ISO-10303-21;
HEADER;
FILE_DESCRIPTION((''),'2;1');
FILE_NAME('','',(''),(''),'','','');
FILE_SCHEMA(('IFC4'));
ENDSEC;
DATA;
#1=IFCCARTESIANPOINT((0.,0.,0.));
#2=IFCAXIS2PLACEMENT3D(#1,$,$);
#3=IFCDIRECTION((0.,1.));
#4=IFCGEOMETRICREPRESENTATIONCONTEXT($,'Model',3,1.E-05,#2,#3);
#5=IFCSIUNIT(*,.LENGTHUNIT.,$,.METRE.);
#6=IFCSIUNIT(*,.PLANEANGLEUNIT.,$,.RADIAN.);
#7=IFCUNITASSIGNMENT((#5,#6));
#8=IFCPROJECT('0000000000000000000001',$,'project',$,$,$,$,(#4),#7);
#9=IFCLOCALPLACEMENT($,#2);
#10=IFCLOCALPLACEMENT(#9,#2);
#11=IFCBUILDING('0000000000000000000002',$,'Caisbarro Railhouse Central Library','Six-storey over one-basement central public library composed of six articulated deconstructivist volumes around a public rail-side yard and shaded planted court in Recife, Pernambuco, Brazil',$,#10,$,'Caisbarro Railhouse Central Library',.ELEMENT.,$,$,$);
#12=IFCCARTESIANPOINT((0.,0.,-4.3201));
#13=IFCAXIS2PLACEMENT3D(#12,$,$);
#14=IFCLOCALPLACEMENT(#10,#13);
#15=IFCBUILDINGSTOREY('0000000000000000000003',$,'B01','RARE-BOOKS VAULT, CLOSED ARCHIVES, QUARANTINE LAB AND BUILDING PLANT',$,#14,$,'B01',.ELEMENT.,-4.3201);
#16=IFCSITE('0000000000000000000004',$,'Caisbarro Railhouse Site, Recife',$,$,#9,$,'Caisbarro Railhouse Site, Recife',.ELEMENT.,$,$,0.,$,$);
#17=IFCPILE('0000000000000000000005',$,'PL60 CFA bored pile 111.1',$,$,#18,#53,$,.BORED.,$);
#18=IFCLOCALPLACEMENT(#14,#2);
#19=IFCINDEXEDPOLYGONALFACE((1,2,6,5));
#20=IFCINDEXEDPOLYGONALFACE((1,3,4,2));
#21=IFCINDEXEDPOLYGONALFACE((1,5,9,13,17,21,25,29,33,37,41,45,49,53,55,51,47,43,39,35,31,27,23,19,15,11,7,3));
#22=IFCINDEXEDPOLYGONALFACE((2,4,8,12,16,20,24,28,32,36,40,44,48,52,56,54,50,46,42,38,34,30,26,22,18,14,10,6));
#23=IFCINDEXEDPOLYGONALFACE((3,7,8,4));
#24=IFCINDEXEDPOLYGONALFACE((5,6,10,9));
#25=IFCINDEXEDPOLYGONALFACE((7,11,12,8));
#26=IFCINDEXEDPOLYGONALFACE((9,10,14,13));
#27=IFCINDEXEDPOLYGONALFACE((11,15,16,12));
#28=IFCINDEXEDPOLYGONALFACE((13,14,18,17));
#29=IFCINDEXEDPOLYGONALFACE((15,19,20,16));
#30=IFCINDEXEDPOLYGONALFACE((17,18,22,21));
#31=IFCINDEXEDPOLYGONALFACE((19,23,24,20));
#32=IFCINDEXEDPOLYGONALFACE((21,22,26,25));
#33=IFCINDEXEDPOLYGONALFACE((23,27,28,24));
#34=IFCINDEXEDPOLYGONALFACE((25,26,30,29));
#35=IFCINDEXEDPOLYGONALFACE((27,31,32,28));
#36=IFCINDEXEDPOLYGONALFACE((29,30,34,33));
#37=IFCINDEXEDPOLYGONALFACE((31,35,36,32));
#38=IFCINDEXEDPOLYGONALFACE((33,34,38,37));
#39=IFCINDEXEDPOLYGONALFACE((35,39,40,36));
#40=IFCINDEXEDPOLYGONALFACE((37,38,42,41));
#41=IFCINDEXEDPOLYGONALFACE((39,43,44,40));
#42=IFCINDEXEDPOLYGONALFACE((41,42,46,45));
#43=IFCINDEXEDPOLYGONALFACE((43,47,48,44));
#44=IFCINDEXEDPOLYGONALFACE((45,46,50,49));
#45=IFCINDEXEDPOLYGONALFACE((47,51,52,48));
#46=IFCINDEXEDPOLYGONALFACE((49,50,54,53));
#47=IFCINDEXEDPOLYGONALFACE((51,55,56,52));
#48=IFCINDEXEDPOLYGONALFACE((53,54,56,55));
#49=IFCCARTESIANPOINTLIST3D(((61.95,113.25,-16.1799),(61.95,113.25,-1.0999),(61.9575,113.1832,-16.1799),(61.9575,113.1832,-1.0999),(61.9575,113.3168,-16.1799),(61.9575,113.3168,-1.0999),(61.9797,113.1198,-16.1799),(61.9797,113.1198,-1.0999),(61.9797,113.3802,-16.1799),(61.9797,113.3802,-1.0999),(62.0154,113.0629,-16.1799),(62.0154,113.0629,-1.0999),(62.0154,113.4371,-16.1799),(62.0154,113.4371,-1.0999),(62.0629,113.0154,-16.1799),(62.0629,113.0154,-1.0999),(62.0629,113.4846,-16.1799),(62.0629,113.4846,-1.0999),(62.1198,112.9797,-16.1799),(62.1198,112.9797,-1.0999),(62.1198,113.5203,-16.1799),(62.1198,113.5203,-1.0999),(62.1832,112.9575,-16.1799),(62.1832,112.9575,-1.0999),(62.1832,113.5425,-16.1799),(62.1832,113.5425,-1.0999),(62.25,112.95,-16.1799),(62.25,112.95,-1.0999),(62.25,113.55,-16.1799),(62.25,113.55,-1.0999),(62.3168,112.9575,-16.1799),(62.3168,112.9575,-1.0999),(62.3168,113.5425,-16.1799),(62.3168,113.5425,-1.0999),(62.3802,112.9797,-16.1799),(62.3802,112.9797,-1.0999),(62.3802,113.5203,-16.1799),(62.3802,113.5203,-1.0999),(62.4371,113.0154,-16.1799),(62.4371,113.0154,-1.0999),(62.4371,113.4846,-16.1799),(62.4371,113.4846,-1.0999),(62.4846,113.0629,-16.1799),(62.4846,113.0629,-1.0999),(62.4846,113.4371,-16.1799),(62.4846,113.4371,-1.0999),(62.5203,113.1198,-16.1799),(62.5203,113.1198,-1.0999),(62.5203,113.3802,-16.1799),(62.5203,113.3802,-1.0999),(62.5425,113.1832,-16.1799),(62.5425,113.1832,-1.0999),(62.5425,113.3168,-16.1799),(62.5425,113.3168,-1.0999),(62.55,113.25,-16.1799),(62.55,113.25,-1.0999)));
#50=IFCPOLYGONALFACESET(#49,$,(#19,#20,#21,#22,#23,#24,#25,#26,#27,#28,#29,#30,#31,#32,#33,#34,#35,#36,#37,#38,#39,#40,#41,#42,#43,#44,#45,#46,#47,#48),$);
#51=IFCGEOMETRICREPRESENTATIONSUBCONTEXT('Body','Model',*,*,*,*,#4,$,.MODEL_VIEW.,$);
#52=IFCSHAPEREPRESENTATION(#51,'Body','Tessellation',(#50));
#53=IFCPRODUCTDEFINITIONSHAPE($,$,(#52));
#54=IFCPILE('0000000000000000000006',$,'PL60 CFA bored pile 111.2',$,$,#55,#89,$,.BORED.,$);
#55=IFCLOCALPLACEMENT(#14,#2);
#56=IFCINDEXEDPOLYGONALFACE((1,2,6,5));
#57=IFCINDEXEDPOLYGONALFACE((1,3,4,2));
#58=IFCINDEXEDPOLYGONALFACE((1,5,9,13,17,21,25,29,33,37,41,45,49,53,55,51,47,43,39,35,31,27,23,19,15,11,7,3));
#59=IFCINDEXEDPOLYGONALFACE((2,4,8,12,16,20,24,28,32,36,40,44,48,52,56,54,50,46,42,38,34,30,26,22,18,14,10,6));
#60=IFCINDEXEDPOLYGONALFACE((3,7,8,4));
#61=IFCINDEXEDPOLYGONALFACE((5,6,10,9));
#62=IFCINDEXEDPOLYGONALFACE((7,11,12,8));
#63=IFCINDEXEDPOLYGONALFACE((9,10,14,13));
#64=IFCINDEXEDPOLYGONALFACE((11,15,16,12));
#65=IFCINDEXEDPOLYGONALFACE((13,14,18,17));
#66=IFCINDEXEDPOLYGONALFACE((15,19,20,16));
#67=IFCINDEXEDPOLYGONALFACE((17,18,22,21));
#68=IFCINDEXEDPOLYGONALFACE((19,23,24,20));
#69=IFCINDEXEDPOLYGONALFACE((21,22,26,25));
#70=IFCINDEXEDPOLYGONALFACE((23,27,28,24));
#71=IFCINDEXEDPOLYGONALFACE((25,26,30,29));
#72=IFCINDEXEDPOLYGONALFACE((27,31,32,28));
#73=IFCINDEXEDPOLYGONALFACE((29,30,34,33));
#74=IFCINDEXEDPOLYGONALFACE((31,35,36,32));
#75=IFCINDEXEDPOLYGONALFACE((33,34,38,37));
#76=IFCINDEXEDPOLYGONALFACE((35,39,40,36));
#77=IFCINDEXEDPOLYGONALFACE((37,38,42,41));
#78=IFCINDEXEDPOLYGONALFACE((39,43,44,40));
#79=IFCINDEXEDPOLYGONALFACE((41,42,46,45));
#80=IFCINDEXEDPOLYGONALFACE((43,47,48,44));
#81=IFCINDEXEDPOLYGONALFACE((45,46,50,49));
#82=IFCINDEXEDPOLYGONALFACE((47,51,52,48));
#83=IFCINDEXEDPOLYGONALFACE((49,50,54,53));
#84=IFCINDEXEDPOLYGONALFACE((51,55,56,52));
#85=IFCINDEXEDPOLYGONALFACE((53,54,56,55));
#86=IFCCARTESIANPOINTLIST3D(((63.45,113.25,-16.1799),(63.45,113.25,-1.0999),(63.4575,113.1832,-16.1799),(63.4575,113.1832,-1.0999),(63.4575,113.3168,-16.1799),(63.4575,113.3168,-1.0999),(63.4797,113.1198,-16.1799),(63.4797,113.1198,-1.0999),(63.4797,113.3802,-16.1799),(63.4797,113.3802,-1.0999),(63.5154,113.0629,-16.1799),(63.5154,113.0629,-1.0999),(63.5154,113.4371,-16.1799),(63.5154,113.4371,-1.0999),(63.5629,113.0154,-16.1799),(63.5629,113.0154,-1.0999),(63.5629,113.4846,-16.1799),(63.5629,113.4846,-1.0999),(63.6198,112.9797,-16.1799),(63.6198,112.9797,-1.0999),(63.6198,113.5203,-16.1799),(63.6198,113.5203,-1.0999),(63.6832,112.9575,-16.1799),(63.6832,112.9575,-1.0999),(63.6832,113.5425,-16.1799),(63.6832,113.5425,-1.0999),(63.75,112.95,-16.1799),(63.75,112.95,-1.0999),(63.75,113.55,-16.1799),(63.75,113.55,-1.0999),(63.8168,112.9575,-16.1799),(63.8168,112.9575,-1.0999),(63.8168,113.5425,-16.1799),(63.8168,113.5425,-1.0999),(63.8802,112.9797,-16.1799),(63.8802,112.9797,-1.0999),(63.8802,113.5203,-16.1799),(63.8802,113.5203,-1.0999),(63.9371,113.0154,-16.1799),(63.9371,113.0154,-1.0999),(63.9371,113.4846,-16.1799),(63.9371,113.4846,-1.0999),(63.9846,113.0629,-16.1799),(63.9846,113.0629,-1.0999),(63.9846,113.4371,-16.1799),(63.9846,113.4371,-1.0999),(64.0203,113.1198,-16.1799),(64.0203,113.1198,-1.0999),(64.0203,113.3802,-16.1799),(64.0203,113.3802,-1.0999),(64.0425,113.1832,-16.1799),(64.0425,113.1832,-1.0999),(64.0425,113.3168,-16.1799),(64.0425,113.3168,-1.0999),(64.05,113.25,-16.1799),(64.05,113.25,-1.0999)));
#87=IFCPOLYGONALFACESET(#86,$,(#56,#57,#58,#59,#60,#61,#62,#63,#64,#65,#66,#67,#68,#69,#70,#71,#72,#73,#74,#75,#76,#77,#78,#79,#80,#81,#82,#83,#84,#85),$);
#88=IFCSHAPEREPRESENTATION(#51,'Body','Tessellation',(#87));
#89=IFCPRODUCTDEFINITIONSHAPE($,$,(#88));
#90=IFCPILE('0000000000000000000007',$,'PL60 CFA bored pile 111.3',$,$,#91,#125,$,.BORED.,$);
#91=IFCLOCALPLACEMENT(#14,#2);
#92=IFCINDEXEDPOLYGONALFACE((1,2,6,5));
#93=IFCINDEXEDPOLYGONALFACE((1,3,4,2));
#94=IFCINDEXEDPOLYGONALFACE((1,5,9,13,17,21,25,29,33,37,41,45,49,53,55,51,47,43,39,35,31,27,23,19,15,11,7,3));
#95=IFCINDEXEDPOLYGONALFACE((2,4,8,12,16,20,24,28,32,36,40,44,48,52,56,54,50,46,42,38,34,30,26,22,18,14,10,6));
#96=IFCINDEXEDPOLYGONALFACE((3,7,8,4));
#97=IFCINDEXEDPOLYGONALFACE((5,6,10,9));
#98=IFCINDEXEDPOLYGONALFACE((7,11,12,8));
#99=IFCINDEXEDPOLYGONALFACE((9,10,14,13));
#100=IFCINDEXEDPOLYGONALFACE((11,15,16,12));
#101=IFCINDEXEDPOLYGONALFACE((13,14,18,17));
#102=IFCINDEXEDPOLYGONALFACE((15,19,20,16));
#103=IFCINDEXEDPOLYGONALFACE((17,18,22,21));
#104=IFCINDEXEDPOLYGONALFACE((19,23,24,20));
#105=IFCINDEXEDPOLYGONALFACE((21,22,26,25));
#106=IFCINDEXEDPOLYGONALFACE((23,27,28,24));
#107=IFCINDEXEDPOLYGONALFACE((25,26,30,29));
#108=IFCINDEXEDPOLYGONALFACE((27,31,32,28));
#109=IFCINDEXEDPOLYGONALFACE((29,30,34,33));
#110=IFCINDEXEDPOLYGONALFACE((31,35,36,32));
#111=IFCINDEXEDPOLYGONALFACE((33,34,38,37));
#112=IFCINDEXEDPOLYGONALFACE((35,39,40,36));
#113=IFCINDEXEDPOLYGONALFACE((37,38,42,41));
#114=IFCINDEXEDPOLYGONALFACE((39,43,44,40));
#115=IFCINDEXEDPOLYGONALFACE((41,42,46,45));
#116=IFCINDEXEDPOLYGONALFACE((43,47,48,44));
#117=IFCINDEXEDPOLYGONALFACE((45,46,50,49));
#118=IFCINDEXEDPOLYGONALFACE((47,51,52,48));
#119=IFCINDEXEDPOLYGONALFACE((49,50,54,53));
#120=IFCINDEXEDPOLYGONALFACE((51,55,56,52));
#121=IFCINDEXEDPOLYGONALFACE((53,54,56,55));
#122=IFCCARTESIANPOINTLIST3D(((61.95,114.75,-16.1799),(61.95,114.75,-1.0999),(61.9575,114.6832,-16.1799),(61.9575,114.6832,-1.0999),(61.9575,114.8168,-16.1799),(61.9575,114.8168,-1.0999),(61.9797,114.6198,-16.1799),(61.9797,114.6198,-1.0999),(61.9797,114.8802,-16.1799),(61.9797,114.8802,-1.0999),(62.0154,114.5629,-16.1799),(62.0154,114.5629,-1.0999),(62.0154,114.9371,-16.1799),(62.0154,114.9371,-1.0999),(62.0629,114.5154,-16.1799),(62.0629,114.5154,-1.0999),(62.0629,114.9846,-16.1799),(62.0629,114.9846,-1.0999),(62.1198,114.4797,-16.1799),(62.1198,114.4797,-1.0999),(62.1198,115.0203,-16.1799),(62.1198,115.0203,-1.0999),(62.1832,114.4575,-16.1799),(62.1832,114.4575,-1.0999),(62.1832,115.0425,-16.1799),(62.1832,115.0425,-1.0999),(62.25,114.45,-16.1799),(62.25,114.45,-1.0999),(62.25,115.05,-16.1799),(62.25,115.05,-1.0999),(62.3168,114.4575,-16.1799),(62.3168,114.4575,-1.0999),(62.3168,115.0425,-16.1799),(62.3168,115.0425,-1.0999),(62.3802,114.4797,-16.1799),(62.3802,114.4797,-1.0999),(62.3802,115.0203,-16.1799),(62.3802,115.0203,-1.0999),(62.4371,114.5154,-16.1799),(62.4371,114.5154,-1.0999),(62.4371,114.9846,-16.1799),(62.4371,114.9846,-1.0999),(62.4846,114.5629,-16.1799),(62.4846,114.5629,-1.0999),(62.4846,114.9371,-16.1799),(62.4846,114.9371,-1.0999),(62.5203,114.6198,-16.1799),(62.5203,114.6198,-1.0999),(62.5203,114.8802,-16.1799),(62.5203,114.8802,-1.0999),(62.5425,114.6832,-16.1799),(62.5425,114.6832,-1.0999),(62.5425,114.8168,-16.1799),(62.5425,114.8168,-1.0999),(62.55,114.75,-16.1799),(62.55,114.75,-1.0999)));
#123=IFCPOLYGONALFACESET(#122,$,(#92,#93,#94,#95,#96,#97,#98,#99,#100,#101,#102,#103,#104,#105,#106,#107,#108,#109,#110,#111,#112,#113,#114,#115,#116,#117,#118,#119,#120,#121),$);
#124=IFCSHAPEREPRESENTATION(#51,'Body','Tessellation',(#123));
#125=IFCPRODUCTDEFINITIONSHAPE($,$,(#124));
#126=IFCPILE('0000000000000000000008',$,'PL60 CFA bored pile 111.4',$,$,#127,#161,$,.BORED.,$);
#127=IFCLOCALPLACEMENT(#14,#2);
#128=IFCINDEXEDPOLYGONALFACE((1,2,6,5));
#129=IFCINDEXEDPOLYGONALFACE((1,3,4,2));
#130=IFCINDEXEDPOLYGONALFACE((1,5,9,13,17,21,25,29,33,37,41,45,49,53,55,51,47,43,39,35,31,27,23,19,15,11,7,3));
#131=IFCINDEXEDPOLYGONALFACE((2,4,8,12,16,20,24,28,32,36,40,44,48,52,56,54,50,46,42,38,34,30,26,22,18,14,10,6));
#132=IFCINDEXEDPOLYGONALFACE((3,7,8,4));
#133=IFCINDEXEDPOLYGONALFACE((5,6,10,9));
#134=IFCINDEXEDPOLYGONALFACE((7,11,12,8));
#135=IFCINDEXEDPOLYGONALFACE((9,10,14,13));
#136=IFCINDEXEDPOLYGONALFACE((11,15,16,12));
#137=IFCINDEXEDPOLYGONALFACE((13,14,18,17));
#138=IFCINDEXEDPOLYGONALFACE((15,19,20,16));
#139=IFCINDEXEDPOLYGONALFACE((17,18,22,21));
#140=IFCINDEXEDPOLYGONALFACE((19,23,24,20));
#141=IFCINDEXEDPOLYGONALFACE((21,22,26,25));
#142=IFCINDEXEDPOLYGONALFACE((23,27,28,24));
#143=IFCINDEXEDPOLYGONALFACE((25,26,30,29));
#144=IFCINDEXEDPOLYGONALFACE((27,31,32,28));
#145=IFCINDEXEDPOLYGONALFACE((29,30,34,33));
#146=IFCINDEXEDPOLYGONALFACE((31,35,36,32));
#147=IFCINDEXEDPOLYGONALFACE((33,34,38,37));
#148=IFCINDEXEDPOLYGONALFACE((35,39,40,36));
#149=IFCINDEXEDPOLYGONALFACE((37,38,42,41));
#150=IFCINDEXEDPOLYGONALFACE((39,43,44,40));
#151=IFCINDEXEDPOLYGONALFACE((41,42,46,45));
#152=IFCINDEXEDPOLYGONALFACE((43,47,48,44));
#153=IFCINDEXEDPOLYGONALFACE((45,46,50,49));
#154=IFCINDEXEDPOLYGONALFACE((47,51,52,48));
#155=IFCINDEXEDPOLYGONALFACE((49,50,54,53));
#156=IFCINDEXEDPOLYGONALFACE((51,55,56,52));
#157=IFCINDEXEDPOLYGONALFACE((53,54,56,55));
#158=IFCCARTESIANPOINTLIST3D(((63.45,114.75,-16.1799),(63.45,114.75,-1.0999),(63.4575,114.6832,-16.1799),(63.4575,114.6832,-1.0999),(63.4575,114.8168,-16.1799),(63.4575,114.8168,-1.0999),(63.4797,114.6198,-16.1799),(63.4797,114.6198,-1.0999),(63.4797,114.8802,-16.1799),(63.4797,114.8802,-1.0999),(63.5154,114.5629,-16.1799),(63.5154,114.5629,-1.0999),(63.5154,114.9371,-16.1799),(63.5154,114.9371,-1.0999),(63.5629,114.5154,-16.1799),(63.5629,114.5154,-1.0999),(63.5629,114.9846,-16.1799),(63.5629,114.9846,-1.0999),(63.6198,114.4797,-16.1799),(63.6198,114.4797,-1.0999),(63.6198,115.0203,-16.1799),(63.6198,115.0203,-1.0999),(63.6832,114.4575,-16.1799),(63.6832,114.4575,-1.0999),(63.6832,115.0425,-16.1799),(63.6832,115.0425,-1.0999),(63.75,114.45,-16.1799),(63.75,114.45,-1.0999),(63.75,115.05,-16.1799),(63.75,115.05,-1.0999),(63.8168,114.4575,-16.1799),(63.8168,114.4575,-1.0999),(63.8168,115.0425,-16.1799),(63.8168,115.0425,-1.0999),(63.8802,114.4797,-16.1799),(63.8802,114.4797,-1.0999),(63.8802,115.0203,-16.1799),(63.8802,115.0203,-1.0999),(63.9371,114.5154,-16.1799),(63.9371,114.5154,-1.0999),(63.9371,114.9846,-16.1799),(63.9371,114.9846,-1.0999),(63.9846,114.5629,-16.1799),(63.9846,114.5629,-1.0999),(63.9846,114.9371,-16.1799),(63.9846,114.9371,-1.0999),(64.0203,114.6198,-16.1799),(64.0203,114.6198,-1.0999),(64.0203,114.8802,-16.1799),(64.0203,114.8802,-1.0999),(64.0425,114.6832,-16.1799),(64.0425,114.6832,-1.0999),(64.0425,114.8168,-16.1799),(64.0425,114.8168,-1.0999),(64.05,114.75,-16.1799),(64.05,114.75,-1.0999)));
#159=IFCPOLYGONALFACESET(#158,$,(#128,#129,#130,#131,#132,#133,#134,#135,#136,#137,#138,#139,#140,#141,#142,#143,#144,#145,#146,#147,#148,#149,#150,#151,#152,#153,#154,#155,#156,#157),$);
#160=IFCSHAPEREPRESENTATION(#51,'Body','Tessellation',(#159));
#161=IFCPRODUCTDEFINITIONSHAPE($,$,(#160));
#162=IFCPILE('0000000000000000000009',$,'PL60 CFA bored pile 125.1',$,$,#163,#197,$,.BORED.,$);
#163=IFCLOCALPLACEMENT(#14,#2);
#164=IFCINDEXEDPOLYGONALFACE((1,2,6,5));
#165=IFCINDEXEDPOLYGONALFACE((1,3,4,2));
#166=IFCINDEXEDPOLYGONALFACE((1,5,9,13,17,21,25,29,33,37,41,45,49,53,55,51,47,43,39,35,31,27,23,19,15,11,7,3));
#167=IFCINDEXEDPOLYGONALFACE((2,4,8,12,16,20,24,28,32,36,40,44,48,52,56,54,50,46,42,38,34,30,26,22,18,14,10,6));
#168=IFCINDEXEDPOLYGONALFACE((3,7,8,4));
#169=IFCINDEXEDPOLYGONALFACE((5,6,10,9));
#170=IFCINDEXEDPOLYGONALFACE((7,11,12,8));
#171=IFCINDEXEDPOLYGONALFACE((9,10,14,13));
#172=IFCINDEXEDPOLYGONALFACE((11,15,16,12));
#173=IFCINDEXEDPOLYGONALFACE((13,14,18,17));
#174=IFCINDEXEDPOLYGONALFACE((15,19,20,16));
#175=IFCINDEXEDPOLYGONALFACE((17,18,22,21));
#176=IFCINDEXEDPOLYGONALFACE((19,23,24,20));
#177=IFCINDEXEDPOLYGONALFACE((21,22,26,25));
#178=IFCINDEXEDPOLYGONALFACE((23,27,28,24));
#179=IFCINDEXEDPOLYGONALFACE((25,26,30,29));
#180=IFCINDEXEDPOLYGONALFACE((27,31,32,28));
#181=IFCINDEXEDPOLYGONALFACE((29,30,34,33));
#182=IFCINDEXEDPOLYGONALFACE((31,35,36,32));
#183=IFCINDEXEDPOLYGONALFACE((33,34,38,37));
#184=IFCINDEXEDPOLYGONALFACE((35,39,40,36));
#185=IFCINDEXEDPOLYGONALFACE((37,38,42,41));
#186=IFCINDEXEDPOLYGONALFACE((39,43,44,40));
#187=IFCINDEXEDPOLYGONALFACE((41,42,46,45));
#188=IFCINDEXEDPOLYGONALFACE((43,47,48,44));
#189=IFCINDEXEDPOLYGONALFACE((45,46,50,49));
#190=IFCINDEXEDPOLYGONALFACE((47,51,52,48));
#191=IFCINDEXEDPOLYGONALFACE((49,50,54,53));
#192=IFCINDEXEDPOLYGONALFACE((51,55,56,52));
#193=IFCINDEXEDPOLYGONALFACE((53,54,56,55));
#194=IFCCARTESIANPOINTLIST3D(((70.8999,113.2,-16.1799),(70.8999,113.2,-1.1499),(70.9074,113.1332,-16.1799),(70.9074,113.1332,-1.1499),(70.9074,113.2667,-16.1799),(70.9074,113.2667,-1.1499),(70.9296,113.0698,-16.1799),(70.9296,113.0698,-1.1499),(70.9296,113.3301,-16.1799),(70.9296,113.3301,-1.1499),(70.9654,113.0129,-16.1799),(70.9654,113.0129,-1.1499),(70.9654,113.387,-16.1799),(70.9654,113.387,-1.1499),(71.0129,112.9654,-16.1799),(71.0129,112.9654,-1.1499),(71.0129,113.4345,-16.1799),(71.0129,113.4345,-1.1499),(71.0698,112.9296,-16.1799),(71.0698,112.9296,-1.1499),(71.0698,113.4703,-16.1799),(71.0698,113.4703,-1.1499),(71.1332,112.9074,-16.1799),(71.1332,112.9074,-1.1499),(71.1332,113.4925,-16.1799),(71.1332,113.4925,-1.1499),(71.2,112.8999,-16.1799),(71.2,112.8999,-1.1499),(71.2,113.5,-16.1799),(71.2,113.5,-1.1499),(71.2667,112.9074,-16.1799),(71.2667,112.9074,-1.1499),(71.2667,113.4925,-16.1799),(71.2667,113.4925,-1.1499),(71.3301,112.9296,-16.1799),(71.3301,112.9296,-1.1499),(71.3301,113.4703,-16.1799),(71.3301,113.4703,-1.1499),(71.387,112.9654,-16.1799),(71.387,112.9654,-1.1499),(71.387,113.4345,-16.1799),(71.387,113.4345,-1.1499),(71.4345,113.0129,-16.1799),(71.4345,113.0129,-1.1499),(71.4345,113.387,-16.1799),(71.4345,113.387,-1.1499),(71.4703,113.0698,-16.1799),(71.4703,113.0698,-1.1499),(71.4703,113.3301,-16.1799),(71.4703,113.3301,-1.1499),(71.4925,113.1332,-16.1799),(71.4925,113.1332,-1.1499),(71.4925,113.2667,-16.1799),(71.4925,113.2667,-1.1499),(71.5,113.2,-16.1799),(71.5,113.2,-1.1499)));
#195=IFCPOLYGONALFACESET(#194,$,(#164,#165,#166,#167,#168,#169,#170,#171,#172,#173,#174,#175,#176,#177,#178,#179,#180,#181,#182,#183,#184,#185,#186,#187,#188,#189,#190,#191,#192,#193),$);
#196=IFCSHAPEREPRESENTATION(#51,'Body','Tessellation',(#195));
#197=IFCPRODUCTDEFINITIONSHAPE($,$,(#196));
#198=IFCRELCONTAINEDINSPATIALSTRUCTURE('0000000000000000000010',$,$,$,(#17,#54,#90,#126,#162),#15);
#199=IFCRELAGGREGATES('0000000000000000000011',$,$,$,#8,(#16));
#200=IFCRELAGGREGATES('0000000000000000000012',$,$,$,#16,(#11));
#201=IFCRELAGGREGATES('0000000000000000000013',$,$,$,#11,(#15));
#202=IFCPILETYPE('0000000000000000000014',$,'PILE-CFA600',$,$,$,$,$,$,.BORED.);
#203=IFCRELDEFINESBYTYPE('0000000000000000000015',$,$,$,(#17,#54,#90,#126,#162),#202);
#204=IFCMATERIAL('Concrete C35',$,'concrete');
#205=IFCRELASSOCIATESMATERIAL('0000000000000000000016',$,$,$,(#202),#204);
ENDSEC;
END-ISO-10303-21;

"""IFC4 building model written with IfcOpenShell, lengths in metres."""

from ifc_helpers import new_model, si_unit, direction, frame, origin, origin_2d, place, context, subcontext, project, spatial, circle, extrude, material, material_profile, profile_set, type_object, element, save


model = new_model("IFC4")

# Units and contexts
model_context = context("Model", 3, precision=1e-05, world=origin(), true_north=direction((0.0, 1.0)))
body_context = subcontext(model_context, "Body", "Model", "MODEL_VIEW")
ifc_project = project(units=[si_unit("LENGTHUNIT", "METRE"), si_unit("PLANEANGLEUNIT", "RADIAN")], contexts=[model_context])

# Site, building, storey
site_placement = place(None, origin())
site = spatial("IfcSite", under=ifc_project, at=site_placement, Name="Caisbarro Railhouse Site, Recife", LongName="Caisbarro Railhouse Site, Recife", CompositionType="ELEMENT", RefElevation=0.0)
building_placement = place(site_placement, origin())
building = spatial("IfcBuilding", under=site, at=building_placement, Name="Caisbarro Railhouse Central Library", Description="Six-storey over one-basement central public library composed of six articulated deconstructivist volumes around a public rail-side yard and shaded planted court in Recife, Pernambuco, Brazil", LongName="Caisbarro Railhouse Central Library", CompositionType="ELEMENT")
storey_placement = place(building_placement, frame((0.0, 0.0, -4.3201)))
storey = spatial("IfcBuildingStorey", under=building, at=storey_placement, Name="B01", Description="RARE-BOOKS VAULT, CLOSED ARCHIVES, QUARANTINE LAB AND BUILDING PLANT", LongName="B01", CompositionType="ELEMENT", Elevation=-4.3201)

# Shared definitions
ifc_material_1 = material(Name="Concrete C35", Category="concrete")

# Piles
ifc_material_profile_1 = material_profile(ifc_material_1, circle(Radius=0.3, at=origin_2d()), Name="PILE-CFA-600")
ifc_profile_set_1 = profile_set([ifc_material_profile_1], Name="Concrete C35")
pile_type_1 = type_object("IfcPileType", Name="PILE-CFA600", PredefinedType="BORED", material=ifc_profile_set_1)
for number, where, z_axis, x_axis, name in (
    (1, (62.25, 113.25, -1.0999), (0.0, 0.0, -1.0), (1.0, 0.0, 0.0), "PL60 CFA bored pile 111.1"),
    (2, (63.75, 113.25, -1.0999), (0.0, 0.0, -1.0), (1.0, 0.0, 0.0), "PL60 CFA bored pile 111.2"),
    (3, (62.25, 114.75, -1.0999), (0.0, 0.0, -1.0), (1.0, 0.0, 0.0), "PL60 CFA bored pile 111.3"),
    (4, (63.75, 114.75, -1.0999), (0.0, 0.0, -1.0), (1.0, 0.0, 0.0), "PL60 CFA bored pile 111.4"),
):
    element("IfcPile", number, at=place(storey_placement, frame(where, z_axis=z_axis, x_axis=x_axis)), inside=storey, type_object=pile_type_1, Name=name, PredefinedType="BORED", context=body_context, shape_type="SweptSolid", body=[
        extrude(circle(Radius=0.3, at=origin_2d()), origin(), (0.0, 0.0, 1.0), 15.0801),
    ])
for number, where, z_axis, x_axis, name in (
    (5, (71.2, 113.2, -1.1499), (0.0, 0.0, -1.0), (1.0, 0.0, 0.0), "PL60 CFA bored pile 125.1"),
):
    element("IfcPile", number, at=place(storey_placement, frame(where, z_axis=z_axis, x_axis=x_axis)), inside=storey, type_object=pile_type_1, Name=name, PredefinedType="BORED", context=body_context, shape_type="SweptSolid", body=[
        extrude(circle(Radius=0.3, at=origin_2d()), origin(), (0.0, 0.0, 1.0), 15.03),
    ])

save(model, "model.ifc")
